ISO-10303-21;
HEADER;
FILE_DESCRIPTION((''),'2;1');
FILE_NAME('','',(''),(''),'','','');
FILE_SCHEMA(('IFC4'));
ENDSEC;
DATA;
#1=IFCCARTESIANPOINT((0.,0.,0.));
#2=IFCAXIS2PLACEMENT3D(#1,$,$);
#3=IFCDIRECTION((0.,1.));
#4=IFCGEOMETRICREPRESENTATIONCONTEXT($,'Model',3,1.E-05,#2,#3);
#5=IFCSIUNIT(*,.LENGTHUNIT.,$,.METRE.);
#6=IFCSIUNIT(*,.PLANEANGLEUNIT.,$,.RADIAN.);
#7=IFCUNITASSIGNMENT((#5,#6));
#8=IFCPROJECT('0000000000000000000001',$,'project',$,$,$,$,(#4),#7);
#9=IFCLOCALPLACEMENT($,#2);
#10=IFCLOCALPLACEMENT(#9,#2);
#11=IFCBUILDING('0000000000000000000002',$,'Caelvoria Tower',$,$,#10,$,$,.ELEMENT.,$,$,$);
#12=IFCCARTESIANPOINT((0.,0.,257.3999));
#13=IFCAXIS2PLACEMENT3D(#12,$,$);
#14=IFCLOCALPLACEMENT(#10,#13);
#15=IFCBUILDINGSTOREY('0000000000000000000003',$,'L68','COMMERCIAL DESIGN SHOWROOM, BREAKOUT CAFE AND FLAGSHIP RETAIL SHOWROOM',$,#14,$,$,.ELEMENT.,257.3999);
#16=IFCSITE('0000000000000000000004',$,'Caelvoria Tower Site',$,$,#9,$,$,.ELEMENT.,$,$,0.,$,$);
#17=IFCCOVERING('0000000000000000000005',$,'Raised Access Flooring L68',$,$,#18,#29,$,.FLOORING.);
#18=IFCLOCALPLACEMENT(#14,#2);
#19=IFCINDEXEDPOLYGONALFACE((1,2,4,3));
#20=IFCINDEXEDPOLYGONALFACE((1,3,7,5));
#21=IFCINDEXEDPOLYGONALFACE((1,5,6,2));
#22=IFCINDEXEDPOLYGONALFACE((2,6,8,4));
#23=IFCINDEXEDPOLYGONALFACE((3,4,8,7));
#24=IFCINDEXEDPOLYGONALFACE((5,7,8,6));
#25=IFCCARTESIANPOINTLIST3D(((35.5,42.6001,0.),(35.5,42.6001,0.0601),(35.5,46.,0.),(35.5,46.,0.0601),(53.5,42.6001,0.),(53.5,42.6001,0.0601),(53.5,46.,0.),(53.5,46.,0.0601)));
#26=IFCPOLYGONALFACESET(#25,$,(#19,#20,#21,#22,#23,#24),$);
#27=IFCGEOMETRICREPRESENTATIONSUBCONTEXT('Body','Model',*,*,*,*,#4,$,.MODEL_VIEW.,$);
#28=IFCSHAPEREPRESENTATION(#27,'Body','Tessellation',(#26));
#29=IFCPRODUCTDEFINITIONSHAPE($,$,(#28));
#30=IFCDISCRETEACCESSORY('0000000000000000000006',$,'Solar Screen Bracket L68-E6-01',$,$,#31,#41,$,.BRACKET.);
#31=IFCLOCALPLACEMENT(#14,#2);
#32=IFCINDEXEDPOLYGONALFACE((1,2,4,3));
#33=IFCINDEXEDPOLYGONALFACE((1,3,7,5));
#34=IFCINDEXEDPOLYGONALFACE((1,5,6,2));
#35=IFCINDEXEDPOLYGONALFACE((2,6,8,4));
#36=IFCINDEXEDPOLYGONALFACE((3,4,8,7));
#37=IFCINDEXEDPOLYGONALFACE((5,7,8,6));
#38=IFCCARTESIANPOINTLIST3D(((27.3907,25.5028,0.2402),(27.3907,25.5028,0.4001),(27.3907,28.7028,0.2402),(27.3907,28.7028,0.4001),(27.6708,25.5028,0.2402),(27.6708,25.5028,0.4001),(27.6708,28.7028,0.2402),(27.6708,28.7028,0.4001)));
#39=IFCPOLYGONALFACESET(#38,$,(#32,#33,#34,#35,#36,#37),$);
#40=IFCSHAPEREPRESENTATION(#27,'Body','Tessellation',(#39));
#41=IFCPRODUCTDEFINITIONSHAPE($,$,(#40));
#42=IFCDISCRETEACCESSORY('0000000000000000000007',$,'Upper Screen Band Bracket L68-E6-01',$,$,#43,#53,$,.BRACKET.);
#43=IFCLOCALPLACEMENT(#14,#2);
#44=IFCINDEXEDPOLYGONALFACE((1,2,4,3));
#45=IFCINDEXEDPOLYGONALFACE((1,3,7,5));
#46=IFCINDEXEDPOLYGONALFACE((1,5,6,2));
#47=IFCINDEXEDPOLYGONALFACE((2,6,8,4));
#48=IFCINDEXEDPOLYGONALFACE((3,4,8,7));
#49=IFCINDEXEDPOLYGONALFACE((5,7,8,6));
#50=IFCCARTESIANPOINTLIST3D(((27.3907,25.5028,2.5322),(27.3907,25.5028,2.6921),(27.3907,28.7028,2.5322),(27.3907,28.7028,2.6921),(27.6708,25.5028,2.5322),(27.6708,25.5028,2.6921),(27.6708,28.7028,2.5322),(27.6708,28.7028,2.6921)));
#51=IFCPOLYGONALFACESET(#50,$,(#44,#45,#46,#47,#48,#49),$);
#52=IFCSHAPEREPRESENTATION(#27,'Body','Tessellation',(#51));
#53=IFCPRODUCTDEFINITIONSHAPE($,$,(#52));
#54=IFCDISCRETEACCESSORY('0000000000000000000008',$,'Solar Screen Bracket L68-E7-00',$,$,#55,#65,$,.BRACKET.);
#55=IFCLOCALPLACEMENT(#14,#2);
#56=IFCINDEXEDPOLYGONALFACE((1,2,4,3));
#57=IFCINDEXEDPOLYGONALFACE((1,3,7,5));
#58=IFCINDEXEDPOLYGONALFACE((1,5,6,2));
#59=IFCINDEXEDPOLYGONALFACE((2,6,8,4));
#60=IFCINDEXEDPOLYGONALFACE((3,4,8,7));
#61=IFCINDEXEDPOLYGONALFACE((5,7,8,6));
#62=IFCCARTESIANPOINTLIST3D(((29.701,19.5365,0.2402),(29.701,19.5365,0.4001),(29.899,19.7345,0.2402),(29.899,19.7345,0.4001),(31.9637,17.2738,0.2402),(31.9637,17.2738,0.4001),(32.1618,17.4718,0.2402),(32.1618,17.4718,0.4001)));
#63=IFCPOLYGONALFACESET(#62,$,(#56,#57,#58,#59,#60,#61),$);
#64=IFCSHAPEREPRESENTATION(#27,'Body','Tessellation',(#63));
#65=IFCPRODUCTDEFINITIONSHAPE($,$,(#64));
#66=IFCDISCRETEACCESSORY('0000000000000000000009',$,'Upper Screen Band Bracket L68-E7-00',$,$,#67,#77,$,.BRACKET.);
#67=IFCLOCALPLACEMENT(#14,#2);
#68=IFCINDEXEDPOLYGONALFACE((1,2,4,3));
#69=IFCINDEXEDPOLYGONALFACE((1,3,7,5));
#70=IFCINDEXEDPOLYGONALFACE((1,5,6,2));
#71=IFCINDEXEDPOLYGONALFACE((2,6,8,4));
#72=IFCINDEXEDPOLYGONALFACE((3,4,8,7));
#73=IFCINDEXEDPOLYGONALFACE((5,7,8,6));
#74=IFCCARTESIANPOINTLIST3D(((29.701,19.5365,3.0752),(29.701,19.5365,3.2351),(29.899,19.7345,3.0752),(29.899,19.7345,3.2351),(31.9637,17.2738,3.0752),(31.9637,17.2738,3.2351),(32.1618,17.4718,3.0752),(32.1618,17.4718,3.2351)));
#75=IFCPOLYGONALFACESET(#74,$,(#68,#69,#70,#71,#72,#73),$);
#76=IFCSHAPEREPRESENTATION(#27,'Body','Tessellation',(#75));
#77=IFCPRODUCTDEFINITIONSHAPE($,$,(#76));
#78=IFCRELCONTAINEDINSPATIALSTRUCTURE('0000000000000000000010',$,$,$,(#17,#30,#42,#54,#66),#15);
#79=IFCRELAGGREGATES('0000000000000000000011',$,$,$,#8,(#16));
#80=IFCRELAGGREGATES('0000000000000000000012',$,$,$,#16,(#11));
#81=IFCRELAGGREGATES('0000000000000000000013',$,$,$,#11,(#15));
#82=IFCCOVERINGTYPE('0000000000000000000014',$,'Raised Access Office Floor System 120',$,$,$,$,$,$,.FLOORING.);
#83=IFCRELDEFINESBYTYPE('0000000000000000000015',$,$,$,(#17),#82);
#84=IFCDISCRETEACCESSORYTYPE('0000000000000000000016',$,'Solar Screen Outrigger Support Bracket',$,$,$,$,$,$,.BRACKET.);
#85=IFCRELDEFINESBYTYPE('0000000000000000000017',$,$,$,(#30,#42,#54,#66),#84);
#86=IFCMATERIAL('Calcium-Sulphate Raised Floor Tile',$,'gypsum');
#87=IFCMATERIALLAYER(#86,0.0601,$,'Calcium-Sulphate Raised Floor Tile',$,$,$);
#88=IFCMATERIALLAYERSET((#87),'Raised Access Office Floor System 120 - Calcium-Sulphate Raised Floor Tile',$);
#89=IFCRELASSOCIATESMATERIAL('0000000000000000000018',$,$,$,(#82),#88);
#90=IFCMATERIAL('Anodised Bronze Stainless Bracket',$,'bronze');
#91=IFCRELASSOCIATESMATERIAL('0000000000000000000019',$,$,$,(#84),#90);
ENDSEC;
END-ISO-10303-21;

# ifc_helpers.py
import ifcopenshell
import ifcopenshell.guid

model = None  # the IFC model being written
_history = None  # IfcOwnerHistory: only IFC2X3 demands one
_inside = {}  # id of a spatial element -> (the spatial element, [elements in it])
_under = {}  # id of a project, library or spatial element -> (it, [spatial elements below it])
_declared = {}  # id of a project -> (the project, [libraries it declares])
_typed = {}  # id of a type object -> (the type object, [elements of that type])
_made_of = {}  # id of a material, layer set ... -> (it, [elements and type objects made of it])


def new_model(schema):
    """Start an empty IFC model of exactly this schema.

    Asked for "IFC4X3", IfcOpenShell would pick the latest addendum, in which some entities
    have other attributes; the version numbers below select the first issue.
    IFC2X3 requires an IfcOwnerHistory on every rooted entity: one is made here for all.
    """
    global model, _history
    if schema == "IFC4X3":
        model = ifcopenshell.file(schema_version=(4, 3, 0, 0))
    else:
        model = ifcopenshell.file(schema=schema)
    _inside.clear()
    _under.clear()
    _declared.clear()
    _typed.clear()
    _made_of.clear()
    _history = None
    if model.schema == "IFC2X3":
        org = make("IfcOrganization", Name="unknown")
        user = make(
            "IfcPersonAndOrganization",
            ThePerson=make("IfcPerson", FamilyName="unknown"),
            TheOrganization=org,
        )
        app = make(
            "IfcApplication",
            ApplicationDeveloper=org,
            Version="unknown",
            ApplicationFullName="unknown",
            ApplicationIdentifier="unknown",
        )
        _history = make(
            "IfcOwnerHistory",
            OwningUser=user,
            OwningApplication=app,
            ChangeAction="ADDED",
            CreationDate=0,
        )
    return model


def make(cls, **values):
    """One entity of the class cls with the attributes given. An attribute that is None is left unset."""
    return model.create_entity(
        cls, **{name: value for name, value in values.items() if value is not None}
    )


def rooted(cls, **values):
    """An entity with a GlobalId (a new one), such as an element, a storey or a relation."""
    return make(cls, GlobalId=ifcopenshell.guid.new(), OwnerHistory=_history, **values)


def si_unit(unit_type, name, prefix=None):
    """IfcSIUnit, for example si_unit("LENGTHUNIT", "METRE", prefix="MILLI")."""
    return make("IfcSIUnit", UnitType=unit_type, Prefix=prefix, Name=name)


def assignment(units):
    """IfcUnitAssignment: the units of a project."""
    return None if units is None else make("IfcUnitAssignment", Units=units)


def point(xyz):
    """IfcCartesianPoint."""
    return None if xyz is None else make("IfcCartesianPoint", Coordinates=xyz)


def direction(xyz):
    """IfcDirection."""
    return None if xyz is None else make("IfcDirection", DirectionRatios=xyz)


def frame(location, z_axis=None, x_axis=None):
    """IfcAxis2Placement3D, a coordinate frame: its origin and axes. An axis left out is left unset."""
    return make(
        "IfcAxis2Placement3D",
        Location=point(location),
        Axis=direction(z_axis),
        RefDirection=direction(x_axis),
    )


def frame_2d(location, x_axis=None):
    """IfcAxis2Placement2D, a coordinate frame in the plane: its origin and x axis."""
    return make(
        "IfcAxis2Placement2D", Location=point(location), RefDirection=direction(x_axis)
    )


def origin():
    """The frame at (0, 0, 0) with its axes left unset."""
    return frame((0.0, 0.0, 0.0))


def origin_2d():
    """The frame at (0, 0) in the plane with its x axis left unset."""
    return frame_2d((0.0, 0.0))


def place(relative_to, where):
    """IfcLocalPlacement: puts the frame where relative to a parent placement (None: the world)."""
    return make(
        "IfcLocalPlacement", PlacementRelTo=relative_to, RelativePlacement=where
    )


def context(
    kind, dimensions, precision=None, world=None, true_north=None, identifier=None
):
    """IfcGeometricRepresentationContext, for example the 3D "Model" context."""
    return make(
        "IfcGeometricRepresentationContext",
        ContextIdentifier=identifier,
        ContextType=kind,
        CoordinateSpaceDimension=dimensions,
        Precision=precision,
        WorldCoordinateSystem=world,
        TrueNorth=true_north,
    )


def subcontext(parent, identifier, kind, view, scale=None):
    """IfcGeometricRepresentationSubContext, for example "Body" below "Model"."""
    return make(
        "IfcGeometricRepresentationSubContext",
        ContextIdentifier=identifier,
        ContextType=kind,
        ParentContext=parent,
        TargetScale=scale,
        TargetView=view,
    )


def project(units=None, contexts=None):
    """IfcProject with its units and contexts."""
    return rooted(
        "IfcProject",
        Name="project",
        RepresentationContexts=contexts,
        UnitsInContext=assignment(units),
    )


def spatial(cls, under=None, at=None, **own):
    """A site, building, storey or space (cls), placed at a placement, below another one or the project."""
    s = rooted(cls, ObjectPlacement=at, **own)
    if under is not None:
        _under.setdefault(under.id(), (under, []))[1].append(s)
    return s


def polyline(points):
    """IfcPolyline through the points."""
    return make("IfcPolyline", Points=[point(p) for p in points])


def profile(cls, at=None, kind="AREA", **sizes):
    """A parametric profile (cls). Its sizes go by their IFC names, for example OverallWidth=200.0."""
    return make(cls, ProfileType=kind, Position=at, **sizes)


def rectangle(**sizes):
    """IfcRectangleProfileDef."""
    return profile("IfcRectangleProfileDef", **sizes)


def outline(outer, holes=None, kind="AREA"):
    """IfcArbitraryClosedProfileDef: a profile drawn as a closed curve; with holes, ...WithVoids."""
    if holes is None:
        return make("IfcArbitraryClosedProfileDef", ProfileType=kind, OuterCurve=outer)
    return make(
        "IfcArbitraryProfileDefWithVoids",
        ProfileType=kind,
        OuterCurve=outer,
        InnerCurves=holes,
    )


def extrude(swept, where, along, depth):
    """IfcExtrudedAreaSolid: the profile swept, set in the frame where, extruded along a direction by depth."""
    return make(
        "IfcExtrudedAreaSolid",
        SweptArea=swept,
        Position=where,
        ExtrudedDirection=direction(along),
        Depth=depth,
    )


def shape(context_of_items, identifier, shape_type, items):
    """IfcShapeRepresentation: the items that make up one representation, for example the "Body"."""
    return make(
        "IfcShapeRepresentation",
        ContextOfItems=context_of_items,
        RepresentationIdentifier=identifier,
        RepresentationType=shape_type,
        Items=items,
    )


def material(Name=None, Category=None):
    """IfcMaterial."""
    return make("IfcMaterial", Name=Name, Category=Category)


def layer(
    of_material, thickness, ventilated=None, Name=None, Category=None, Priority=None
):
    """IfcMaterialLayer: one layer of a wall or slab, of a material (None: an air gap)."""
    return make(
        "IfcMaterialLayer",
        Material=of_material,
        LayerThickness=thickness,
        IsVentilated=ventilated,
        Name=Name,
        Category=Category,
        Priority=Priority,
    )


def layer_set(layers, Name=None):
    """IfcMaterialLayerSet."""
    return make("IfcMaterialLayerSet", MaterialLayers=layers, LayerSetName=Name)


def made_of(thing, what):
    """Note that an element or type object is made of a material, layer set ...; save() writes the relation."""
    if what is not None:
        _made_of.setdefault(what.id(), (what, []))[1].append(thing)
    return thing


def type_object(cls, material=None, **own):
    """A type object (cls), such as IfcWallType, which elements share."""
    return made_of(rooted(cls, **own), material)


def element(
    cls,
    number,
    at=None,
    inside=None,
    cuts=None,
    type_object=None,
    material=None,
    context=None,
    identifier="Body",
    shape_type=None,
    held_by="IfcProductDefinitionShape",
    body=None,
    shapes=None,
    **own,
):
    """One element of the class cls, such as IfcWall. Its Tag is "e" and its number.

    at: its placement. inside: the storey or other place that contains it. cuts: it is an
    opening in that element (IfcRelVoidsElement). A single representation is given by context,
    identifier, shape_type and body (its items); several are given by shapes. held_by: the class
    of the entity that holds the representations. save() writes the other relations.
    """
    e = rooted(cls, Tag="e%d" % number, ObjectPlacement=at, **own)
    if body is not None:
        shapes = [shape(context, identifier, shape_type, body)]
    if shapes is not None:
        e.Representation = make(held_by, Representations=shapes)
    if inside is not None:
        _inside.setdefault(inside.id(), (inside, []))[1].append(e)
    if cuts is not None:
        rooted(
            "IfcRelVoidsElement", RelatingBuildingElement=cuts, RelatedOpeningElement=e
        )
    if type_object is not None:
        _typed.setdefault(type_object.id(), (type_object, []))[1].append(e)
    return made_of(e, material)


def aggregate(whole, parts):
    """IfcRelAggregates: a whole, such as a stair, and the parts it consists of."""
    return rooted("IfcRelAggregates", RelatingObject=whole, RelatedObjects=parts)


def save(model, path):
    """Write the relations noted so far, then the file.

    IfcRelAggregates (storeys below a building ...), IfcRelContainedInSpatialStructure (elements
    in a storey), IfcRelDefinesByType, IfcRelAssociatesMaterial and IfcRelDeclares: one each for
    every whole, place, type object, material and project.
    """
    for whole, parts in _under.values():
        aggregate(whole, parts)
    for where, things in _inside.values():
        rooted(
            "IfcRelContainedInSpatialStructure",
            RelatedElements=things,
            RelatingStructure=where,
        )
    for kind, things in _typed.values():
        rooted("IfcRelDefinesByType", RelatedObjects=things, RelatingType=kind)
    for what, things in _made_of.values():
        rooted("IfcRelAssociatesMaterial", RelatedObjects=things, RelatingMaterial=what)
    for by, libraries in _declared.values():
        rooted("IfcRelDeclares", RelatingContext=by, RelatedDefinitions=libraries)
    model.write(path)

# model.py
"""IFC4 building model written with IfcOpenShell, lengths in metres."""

from ifc_helpers import new_model, si_unit, direction, frame, origin, origin_2d, place, context, subcontext, project, spatial, polyline, rectangle, outline, extrude, material, layer, layer_set, type_object, element, save


model = new_model("IFC4")

# Units and contexts
model_context = context("Model", 3, precision=1e-05, world=origin(), true_north=direction((0.0, 1.0)))
body_context = subcontext(model_context, "Body", "Model", "MODEL_VIEW")
ifc_project = project(units=[si_unit("LENGTHUNIT", "METRE"), si_unit("PLANEANGLEUNIT", "RADIAN")], contexts=[model_context])

# Site, building, storey
site_placement = place(None, origin())
site = spatial("IfcSite", under=ifc_project, at=site_placement, Name="Caelvoria Tower Site", CompositionType="ELEMENT", RefElevation=0.0)
building_placement = place(site_placement, origin())
building = spatial("IfcBuilding", under=site, at=building_placement, Name="Caelvoria Tower", CompositionType="ELEMENT")
storey_placement = place(building_placement, frame((0.0, 0.0, 257.3999)))
storey = spatial("IfcBuildingStorey", under=building, at=storey_placement, Name="L68", Description="COMMERCIAL DESIGN SHOWROOM, BREAKOUT CAFE AND FLAGSHIP RETAIL SHOWROOM", CompositionType="ELEMENT", Elevation=257.3999)

# Covering
ifc_material_1 = material(Name="Calcium-Sulphate Raised Floor Tile", Category="gypsum")
ifc_layer_1 = layer(ifc_material_1, 0.0601, Name="Calcium-Sulphate Raised Floor Tile")
ifc_layer_set_1 = layer_set([ifc_layer_1], Name="Raised Access Office Floor System 120 - Calcium-Sulphate Raised Floor Tile")
covering_type_1 = type_object("IfcCoveringType", Name="Raised Access Office Floor System 120", PredefinedType="FLOORING", material=ifc_layer_set_1)
covering_1_placement = place(storey_placement, origin())
element("IfcCovering", 1, at=covering_1_placement, inside=storey, type_object=covering_type_1, Name="Raised Access Flooring L68", PredefinedType="FLOORING", context=body_context, shape_type="SweptSolid", body=[
    extrude(outline(polyline([(35.5, 42.6001), (53.5, 42.6001), (53.5, 46.0), (35.5, 46.0), (35.5, 42.6001)])), origin(), (0.0, 0.0, 1.0), 0.0601),
])

# Discrete accessories
ifc_material_2 = material(Name="Anodised Bronze Stainless Bracket", Category="bronze")
discrete_accessory_type = type_object("IfcDiscreteAccessoryType", Name="Solar Screen Outrigger Support Bracket", PredefinedType="BRACKET", material=ifc_material_2)
for number, where, z_axis, x_axis, name in (
    (2, (27.5308, 27.1028, 0.2402), (0.0, 0.0, 1.0), (0.0, -1.0, 0.0), "Solar Screen Bracket L68-E6-01"),
    (3, (27.5308, 27.1028, 2.5322), (0.0, 0.0, 1.0), (0.0, -1.0, 0.0), "Upper Screen Band Bracket L68-E6-01"),
    (4, (30.9314, 18.5042, 0.2402), (0.0, 0.0, 1.0), (0.707107, -0.707107, 0.0), "Solar Screen Bracket L68-E7-00"),
    (5, (30.9314, 18.5042, 3.0752), (0.0, 0.0, 1.0), (0.707107, -0.707107, 0.0), "Upper Screen Band Bracket L68-E7-00"),
):
    element("IfcDiscreteAccessory", number, at=place(storey_placement, frame(where, z_axis=z_axis, x_axis=x_axis)), inside=storey, type_object=discrete_accessory_type, Name=name, PredefinedType="BRACKET", context=body_context, shape_type="SweptSolid", body=[
        extrude(rectangle(XDim=3.2, YDim=0.28, at=origin_2d()), origin(), (0.0, 0.0, 1.0), 0.1599),
    ])

save(model, "model.ifc")
